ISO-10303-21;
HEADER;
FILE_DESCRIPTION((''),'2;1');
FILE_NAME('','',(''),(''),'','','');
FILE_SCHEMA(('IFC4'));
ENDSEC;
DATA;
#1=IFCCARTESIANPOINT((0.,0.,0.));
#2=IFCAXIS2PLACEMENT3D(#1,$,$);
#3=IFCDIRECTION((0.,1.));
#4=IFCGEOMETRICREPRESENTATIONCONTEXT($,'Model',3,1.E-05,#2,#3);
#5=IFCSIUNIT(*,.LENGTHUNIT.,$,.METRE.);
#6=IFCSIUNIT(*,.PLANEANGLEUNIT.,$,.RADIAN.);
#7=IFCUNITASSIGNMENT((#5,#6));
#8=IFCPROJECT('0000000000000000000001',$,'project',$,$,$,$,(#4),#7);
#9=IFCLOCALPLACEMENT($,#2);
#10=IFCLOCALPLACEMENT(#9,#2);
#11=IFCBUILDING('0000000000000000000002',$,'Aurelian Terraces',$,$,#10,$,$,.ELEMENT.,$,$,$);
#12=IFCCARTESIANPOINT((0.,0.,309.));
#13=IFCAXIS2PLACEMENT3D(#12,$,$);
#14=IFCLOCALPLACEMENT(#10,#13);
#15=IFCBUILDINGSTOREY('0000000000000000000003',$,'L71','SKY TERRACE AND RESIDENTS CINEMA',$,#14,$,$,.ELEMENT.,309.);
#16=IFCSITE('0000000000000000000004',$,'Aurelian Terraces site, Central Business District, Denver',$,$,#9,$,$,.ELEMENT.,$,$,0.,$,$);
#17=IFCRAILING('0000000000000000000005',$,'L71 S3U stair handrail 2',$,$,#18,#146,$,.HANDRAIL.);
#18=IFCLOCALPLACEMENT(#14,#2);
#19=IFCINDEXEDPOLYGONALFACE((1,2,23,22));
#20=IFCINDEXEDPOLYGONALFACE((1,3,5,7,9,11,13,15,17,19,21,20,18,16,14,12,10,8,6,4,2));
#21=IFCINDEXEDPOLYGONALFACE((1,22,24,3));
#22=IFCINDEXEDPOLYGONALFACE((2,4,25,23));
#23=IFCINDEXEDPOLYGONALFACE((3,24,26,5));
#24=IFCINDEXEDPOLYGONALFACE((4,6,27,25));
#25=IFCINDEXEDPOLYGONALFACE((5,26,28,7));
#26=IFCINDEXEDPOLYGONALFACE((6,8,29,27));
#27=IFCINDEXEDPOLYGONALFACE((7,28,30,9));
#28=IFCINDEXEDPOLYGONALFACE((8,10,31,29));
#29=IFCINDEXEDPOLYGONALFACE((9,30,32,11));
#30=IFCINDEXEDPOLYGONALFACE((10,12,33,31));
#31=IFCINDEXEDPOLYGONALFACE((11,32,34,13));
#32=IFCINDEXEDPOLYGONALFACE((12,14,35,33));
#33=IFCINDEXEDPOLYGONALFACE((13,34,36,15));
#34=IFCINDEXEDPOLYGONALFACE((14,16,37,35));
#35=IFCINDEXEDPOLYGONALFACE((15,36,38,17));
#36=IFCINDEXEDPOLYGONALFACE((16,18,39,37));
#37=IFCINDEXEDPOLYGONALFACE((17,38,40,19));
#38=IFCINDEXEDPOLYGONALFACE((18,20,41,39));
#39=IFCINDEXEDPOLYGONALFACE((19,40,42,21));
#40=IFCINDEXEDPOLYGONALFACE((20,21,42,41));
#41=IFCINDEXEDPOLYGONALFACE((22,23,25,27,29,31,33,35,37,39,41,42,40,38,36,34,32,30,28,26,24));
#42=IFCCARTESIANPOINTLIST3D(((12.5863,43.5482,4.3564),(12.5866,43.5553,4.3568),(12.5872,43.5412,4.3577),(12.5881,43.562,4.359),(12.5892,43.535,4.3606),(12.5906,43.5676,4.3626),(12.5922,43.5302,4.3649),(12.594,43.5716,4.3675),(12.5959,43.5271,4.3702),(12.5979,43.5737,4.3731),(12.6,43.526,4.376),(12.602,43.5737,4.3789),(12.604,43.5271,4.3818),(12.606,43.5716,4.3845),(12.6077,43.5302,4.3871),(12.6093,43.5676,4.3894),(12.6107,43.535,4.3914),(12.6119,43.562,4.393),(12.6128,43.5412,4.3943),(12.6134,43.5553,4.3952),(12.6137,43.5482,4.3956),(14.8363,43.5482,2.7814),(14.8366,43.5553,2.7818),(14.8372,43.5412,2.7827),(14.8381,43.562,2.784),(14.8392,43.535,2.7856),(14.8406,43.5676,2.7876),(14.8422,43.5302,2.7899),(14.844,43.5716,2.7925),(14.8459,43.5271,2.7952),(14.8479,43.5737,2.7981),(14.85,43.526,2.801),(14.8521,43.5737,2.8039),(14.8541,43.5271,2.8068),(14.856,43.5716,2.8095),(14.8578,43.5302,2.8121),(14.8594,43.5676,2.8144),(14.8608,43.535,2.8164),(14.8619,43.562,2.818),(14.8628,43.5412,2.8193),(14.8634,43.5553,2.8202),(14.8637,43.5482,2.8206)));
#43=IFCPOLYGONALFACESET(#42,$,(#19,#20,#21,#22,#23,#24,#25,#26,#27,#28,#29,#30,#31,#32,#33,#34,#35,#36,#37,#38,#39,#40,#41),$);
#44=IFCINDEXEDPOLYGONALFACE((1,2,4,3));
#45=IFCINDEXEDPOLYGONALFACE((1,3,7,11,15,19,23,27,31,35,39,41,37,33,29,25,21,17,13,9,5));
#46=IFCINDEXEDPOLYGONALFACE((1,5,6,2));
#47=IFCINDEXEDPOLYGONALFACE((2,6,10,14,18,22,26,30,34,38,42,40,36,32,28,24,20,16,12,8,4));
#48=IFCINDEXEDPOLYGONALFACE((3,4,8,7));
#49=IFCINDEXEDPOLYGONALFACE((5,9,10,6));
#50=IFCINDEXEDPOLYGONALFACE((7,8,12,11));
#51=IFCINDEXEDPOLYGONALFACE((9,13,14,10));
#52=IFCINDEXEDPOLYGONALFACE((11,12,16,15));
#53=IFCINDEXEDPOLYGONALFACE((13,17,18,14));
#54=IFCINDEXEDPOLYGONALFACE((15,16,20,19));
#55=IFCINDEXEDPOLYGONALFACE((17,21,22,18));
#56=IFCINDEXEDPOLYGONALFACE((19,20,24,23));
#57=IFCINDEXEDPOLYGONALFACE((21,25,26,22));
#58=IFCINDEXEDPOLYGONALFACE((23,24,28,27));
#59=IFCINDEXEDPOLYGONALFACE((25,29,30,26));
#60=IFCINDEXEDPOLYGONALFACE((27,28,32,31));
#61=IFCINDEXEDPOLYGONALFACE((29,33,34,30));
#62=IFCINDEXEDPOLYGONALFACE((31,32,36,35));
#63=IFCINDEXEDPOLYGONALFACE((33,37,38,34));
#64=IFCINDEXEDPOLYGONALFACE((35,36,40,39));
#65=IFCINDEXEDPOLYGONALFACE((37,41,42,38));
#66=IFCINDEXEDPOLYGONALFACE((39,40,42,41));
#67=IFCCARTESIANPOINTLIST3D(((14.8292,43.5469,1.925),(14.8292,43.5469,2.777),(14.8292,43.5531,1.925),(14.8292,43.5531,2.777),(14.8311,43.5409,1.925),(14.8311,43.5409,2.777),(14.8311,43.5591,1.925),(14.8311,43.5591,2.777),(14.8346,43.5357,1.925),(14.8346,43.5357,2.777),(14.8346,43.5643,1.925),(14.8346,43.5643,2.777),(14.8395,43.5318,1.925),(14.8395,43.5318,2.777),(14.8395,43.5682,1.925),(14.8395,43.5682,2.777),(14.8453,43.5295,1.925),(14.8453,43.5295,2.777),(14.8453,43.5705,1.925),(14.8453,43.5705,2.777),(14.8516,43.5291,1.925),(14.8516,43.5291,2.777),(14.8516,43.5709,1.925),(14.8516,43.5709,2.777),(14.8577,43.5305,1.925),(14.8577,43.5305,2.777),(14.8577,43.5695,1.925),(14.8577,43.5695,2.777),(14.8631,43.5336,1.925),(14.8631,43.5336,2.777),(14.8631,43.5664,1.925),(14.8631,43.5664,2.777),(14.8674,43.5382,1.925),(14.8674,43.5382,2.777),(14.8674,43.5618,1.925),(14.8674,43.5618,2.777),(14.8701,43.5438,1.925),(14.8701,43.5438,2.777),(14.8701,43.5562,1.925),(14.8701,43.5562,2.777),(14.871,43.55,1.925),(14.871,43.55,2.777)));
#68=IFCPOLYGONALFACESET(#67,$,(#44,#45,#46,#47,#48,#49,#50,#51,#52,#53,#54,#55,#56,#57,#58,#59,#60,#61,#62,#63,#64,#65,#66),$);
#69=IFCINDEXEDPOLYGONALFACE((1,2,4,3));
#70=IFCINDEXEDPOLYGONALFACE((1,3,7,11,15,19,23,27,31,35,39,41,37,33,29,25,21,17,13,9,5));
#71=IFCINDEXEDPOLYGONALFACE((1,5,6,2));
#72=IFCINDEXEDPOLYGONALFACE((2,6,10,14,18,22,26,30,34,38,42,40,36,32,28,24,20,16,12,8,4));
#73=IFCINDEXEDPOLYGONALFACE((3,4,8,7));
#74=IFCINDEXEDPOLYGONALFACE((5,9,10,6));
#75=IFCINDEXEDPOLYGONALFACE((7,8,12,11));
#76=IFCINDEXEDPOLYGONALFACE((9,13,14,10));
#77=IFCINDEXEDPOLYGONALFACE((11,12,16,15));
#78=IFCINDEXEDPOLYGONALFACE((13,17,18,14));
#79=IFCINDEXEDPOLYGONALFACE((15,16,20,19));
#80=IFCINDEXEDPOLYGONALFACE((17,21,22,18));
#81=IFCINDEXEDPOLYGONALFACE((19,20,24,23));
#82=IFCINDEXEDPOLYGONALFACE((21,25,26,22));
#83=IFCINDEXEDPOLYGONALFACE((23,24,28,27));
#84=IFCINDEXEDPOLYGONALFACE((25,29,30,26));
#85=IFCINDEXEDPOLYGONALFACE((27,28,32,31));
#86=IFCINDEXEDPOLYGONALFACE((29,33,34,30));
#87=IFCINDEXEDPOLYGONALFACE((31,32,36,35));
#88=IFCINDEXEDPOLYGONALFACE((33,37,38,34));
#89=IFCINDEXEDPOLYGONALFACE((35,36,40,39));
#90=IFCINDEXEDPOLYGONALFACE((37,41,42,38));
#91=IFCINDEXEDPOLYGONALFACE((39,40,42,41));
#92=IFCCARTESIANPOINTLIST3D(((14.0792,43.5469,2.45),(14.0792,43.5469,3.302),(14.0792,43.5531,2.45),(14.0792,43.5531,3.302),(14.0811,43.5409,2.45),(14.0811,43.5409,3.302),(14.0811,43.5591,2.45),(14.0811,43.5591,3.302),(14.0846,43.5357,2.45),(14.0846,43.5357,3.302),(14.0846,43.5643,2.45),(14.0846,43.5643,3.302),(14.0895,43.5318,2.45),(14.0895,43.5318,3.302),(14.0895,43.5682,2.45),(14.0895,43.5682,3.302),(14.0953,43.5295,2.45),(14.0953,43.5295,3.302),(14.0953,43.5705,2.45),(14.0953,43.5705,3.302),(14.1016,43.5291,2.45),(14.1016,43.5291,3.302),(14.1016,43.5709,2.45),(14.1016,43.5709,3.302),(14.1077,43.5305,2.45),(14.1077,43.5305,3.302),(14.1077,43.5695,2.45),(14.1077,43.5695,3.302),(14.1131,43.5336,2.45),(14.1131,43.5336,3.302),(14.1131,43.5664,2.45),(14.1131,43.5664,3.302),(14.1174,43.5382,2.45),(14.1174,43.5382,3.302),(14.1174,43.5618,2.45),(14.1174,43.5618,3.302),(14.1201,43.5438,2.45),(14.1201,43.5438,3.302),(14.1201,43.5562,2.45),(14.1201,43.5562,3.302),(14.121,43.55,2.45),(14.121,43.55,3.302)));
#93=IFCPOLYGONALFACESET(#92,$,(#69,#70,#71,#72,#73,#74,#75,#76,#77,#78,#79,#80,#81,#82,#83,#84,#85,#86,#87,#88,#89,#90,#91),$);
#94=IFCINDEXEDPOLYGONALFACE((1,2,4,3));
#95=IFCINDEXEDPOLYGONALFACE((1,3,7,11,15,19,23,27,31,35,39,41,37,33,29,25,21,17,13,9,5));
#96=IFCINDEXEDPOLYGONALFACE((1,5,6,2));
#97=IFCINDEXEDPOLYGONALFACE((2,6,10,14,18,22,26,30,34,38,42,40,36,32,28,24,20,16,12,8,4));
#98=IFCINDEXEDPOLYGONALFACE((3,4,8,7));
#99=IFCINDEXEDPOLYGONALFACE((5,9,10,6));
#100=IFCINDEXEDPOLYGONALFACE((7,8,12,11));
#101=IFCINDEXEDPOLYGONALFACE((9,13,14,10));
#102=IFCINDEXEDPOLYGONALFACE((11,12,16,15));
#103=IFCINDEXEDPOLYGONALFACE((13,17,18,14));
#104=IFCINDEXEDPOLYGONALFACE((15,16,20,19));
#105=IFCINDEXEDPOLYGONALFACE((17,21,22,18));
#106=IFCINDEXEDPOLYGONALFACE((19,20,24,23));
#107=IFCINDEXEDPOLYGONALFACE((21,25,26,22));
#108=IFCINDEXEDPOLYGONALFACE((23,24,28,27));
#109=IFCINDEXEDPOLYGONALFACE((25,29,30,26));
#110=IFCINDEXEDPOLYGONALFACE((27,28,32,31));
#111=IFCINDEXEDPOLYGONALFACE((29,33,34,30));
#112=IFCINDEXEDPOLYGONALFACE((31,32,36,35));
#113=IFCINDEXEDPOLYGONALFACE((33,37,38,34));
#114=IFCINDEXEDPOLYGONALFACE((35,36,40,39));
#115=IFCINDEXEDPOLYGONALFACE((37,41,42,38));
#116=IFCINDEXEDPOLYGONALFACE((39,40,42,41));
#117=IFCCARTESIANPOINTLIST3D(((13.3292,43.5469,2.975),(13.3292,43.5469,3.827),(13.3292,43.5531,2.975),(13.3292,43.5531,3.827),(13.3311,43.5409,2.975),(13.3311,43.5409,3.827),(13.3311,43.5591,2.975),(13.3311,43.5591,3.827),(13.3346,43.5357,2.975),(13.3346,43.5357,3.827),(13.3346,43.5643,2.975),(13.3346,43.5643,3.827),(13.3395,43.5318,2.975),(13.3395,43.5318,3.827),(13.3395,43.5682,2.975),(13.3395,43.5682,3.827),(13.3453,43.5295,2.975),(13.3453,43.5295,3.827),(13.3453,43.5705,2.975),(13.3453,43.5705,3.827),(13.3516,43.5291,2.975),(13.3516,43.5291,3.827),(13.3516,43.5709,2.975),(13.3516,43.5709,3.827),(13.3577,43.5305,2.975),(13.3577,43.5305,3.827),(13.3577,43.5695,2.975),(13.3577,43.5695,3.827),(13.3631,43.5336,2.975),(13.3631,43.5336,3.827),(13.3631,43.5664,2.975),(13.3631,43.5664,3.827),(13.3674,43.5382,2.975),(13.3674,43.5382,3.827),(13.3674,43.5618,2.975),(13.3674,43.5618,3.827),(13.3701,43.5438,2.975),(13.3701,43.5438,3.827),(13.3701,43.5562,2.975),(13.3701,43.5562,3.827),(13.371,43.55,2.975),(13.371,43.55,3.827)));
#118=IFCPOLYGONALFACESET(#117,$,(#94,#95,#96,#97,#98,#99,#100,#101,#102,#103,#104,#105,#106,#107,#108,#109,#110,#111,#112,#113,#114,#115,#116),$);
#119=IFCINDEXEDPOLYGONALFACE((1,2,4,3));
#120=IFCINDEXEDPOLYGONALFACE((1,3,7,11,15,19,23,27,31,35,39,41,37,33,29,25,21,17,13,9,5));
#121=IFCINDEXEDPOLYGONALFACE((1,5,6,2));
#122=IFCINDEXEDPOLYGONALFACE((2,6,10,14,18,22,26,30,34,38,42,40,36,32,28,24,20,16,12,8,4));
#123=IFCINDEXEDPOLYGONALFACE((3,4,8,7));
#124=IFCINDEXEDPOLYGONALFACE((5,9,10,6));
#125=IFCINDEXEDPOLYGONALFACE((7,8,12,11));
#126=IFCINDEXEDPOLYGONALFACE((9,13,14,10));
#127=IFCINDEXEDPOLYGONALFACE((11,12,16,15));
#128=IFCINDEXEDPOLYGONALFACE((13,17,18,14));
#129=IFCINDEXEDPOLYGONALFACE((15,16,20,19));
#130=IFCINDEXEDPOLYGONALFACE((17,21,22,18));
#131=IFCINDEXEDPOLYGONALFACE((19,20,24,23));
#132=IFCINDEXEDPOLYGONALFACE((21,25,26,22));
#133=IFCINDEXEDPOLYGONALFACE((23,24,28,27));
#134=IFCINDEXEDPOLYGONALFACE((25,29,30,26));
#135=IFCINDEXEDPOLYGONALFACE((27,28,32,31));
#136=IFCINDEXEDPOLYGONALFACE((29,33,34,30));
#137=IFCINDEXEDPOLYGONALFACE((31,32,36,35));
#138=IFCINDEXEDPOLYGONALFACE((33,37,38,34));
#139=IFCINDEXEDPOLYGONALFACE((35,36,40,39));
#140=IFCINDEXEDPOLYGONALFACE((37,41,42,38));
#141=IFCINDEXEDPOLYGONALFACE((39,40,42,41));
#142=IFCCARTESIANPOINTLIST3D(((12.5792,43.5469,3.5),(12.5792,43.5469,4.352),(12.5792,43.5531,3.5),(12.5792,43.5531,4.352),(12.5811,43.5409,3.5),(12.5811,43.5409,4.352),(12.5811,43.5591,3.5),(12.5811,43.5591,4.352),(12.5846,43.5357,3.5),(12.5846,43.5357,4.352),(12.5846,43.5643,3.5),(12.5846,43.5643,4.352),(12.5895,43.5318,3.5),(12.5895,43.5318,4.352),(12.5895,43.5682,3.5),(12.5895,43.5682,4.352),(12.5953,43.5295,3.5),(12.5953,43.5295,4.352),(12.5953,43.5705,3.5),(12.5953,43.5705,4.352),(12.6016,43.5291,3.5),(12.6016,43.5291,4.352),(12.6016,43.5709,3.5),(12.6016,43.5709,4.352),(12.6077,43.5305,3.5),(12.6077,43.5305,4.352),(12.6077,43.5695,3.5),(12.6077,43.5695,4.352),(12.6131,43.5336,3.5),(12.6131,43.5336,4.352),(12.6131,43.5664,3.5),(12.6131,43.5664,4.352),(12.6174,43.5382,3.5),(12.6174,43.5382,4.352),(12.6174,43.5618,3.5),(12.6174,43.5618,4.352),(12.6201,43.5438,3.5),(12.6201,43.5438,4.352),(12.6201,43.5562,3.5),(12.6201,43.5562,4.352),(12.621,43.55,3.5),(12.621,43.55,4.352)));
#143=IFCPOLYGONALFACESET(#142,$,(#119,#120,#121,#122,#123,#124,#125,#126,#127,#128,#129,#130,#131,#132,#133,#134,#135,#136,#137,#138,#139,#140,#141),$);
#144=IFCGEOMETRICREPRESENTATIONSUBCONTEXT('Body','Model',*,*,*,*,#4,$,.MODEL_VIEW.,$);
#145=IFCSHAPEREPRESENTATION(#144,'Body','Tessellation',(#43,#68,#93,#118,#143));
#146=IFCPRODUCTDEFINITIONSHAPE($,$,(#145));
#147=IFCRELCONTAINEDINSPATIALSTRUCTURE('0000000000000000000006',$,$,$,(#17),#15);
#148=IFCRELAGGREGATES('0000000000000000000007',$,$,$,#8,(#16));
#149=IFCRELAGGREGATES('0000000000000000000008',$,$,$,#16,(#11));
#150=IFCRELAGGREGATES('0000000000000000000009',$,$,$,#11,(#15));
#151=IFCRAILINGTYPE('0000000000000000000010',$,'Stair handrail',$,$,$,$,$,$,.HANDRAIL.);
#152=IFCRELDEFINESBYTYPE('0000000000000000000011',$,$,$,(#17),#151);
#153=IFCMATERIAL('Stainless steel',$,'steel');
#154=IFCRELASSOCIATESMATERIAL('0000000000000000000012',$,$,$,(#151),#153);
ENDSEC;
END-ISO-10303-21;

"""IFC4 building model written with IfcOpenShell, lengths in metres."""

from ifc_helpers import new_model, si_unit, direction, frame, origin, origin_2d, place, context, subcontext, project, spatial, circle, extrude, source, transform, mapped, material, type_object, element, save


model = new_model("IFC4")

# Units and contexts
model_context = context("Model", 3, precision=1e-05, world=origin(), true_north=direction((0.0, 1.0)))
body_context = subcontext(model_context, "Body", "Model", "MODEL_VIEW")
ifc_project = project(units=[si_unit("LENGTHUNIT", "METRE"), si_unit("PLANEANGLEUNIT", "RADIAN")], contexts=[model_context])

# Site, building, storey
site_placement = place(None, origin())
site = spatial("IfcSite", under=ifc_project, at=site_placement, Name="Aurelian Terraces site, Central Business District, Denver", CompositionType="ELEMENT", RefElevation=0.0)
building_placement = place(site_placement, origin())
building = spatial("IfcBuilding", under=site, at=building_placement, Name="Aurelian Terraces", CompositionType="ELEMENT")
storey_placement = place(building_placement, frame((0.0, 0.0, 309.0)))
storey = spatial("IfcBuildingStorey", under=building, at=storey_placement, Name="L71", Description="SKY TERRACE AND RESIDENTS CINEMA", CompositionType="ELEMENT", Elevation=309.0)

# Railing
ifc_material_1 = material(Name="Stainless steel", Category="steel")
railing_type_1 = type_object("IfcRailingType", Name="Stair handrail", PredefinedType="HANDRAIL", material=ifc_material_1)
shared_shape_1 = source(origin(), body_context, "Body", "SweptSolid", [
    extrude(circle(Radius=0.024, at=origin_2d()), frame((0.0, 0.0, 0.876), z_axis=(-0.819232, 0.0, 0.573462), x_axis=(0.0, -1.0, 0.0)), (0.0, 0.0, 1.0), 2.7465),
    extrude(circle(Radius=0.021, at=origin_2d()), origin(), (0.0, 0.0, 1.0), 0.852),
    extrude(circle(Radius=0.021, at=origin_2d()), frame((-0.75, 0.0, 0.525)), (0.0, 0.0, 1.0), 0.852),
    extrude(circle(Radius=0.021, at=origin_2d()), frame((-1.5, 0.0, 1.05)), (0.0, 0.0, 1.0), 0.852),
    extrude(circle(Radius=0.021, at=origin_2d()), frame((-2.25, 0.0, 1.575)), (0.0, 0.0, 1.0), 0.852),
])
railing_1_placement = place(storey_placement, frame((14.85, 43.55, 1.925)))
element("IfcRailing", 1, at=railing_1_placement, inside=storey, type_object=railing_type_1, Name="L71 S3U stair handrail 2", PredefinedType="HANDRAIL", context=body_context, shape_type="MappedRepresentation", body=[
    mapped(shared_shape_1, transform((0.0, 0.0, 0.0), scale=1.0)),
])

save(model, "model.ifc")
